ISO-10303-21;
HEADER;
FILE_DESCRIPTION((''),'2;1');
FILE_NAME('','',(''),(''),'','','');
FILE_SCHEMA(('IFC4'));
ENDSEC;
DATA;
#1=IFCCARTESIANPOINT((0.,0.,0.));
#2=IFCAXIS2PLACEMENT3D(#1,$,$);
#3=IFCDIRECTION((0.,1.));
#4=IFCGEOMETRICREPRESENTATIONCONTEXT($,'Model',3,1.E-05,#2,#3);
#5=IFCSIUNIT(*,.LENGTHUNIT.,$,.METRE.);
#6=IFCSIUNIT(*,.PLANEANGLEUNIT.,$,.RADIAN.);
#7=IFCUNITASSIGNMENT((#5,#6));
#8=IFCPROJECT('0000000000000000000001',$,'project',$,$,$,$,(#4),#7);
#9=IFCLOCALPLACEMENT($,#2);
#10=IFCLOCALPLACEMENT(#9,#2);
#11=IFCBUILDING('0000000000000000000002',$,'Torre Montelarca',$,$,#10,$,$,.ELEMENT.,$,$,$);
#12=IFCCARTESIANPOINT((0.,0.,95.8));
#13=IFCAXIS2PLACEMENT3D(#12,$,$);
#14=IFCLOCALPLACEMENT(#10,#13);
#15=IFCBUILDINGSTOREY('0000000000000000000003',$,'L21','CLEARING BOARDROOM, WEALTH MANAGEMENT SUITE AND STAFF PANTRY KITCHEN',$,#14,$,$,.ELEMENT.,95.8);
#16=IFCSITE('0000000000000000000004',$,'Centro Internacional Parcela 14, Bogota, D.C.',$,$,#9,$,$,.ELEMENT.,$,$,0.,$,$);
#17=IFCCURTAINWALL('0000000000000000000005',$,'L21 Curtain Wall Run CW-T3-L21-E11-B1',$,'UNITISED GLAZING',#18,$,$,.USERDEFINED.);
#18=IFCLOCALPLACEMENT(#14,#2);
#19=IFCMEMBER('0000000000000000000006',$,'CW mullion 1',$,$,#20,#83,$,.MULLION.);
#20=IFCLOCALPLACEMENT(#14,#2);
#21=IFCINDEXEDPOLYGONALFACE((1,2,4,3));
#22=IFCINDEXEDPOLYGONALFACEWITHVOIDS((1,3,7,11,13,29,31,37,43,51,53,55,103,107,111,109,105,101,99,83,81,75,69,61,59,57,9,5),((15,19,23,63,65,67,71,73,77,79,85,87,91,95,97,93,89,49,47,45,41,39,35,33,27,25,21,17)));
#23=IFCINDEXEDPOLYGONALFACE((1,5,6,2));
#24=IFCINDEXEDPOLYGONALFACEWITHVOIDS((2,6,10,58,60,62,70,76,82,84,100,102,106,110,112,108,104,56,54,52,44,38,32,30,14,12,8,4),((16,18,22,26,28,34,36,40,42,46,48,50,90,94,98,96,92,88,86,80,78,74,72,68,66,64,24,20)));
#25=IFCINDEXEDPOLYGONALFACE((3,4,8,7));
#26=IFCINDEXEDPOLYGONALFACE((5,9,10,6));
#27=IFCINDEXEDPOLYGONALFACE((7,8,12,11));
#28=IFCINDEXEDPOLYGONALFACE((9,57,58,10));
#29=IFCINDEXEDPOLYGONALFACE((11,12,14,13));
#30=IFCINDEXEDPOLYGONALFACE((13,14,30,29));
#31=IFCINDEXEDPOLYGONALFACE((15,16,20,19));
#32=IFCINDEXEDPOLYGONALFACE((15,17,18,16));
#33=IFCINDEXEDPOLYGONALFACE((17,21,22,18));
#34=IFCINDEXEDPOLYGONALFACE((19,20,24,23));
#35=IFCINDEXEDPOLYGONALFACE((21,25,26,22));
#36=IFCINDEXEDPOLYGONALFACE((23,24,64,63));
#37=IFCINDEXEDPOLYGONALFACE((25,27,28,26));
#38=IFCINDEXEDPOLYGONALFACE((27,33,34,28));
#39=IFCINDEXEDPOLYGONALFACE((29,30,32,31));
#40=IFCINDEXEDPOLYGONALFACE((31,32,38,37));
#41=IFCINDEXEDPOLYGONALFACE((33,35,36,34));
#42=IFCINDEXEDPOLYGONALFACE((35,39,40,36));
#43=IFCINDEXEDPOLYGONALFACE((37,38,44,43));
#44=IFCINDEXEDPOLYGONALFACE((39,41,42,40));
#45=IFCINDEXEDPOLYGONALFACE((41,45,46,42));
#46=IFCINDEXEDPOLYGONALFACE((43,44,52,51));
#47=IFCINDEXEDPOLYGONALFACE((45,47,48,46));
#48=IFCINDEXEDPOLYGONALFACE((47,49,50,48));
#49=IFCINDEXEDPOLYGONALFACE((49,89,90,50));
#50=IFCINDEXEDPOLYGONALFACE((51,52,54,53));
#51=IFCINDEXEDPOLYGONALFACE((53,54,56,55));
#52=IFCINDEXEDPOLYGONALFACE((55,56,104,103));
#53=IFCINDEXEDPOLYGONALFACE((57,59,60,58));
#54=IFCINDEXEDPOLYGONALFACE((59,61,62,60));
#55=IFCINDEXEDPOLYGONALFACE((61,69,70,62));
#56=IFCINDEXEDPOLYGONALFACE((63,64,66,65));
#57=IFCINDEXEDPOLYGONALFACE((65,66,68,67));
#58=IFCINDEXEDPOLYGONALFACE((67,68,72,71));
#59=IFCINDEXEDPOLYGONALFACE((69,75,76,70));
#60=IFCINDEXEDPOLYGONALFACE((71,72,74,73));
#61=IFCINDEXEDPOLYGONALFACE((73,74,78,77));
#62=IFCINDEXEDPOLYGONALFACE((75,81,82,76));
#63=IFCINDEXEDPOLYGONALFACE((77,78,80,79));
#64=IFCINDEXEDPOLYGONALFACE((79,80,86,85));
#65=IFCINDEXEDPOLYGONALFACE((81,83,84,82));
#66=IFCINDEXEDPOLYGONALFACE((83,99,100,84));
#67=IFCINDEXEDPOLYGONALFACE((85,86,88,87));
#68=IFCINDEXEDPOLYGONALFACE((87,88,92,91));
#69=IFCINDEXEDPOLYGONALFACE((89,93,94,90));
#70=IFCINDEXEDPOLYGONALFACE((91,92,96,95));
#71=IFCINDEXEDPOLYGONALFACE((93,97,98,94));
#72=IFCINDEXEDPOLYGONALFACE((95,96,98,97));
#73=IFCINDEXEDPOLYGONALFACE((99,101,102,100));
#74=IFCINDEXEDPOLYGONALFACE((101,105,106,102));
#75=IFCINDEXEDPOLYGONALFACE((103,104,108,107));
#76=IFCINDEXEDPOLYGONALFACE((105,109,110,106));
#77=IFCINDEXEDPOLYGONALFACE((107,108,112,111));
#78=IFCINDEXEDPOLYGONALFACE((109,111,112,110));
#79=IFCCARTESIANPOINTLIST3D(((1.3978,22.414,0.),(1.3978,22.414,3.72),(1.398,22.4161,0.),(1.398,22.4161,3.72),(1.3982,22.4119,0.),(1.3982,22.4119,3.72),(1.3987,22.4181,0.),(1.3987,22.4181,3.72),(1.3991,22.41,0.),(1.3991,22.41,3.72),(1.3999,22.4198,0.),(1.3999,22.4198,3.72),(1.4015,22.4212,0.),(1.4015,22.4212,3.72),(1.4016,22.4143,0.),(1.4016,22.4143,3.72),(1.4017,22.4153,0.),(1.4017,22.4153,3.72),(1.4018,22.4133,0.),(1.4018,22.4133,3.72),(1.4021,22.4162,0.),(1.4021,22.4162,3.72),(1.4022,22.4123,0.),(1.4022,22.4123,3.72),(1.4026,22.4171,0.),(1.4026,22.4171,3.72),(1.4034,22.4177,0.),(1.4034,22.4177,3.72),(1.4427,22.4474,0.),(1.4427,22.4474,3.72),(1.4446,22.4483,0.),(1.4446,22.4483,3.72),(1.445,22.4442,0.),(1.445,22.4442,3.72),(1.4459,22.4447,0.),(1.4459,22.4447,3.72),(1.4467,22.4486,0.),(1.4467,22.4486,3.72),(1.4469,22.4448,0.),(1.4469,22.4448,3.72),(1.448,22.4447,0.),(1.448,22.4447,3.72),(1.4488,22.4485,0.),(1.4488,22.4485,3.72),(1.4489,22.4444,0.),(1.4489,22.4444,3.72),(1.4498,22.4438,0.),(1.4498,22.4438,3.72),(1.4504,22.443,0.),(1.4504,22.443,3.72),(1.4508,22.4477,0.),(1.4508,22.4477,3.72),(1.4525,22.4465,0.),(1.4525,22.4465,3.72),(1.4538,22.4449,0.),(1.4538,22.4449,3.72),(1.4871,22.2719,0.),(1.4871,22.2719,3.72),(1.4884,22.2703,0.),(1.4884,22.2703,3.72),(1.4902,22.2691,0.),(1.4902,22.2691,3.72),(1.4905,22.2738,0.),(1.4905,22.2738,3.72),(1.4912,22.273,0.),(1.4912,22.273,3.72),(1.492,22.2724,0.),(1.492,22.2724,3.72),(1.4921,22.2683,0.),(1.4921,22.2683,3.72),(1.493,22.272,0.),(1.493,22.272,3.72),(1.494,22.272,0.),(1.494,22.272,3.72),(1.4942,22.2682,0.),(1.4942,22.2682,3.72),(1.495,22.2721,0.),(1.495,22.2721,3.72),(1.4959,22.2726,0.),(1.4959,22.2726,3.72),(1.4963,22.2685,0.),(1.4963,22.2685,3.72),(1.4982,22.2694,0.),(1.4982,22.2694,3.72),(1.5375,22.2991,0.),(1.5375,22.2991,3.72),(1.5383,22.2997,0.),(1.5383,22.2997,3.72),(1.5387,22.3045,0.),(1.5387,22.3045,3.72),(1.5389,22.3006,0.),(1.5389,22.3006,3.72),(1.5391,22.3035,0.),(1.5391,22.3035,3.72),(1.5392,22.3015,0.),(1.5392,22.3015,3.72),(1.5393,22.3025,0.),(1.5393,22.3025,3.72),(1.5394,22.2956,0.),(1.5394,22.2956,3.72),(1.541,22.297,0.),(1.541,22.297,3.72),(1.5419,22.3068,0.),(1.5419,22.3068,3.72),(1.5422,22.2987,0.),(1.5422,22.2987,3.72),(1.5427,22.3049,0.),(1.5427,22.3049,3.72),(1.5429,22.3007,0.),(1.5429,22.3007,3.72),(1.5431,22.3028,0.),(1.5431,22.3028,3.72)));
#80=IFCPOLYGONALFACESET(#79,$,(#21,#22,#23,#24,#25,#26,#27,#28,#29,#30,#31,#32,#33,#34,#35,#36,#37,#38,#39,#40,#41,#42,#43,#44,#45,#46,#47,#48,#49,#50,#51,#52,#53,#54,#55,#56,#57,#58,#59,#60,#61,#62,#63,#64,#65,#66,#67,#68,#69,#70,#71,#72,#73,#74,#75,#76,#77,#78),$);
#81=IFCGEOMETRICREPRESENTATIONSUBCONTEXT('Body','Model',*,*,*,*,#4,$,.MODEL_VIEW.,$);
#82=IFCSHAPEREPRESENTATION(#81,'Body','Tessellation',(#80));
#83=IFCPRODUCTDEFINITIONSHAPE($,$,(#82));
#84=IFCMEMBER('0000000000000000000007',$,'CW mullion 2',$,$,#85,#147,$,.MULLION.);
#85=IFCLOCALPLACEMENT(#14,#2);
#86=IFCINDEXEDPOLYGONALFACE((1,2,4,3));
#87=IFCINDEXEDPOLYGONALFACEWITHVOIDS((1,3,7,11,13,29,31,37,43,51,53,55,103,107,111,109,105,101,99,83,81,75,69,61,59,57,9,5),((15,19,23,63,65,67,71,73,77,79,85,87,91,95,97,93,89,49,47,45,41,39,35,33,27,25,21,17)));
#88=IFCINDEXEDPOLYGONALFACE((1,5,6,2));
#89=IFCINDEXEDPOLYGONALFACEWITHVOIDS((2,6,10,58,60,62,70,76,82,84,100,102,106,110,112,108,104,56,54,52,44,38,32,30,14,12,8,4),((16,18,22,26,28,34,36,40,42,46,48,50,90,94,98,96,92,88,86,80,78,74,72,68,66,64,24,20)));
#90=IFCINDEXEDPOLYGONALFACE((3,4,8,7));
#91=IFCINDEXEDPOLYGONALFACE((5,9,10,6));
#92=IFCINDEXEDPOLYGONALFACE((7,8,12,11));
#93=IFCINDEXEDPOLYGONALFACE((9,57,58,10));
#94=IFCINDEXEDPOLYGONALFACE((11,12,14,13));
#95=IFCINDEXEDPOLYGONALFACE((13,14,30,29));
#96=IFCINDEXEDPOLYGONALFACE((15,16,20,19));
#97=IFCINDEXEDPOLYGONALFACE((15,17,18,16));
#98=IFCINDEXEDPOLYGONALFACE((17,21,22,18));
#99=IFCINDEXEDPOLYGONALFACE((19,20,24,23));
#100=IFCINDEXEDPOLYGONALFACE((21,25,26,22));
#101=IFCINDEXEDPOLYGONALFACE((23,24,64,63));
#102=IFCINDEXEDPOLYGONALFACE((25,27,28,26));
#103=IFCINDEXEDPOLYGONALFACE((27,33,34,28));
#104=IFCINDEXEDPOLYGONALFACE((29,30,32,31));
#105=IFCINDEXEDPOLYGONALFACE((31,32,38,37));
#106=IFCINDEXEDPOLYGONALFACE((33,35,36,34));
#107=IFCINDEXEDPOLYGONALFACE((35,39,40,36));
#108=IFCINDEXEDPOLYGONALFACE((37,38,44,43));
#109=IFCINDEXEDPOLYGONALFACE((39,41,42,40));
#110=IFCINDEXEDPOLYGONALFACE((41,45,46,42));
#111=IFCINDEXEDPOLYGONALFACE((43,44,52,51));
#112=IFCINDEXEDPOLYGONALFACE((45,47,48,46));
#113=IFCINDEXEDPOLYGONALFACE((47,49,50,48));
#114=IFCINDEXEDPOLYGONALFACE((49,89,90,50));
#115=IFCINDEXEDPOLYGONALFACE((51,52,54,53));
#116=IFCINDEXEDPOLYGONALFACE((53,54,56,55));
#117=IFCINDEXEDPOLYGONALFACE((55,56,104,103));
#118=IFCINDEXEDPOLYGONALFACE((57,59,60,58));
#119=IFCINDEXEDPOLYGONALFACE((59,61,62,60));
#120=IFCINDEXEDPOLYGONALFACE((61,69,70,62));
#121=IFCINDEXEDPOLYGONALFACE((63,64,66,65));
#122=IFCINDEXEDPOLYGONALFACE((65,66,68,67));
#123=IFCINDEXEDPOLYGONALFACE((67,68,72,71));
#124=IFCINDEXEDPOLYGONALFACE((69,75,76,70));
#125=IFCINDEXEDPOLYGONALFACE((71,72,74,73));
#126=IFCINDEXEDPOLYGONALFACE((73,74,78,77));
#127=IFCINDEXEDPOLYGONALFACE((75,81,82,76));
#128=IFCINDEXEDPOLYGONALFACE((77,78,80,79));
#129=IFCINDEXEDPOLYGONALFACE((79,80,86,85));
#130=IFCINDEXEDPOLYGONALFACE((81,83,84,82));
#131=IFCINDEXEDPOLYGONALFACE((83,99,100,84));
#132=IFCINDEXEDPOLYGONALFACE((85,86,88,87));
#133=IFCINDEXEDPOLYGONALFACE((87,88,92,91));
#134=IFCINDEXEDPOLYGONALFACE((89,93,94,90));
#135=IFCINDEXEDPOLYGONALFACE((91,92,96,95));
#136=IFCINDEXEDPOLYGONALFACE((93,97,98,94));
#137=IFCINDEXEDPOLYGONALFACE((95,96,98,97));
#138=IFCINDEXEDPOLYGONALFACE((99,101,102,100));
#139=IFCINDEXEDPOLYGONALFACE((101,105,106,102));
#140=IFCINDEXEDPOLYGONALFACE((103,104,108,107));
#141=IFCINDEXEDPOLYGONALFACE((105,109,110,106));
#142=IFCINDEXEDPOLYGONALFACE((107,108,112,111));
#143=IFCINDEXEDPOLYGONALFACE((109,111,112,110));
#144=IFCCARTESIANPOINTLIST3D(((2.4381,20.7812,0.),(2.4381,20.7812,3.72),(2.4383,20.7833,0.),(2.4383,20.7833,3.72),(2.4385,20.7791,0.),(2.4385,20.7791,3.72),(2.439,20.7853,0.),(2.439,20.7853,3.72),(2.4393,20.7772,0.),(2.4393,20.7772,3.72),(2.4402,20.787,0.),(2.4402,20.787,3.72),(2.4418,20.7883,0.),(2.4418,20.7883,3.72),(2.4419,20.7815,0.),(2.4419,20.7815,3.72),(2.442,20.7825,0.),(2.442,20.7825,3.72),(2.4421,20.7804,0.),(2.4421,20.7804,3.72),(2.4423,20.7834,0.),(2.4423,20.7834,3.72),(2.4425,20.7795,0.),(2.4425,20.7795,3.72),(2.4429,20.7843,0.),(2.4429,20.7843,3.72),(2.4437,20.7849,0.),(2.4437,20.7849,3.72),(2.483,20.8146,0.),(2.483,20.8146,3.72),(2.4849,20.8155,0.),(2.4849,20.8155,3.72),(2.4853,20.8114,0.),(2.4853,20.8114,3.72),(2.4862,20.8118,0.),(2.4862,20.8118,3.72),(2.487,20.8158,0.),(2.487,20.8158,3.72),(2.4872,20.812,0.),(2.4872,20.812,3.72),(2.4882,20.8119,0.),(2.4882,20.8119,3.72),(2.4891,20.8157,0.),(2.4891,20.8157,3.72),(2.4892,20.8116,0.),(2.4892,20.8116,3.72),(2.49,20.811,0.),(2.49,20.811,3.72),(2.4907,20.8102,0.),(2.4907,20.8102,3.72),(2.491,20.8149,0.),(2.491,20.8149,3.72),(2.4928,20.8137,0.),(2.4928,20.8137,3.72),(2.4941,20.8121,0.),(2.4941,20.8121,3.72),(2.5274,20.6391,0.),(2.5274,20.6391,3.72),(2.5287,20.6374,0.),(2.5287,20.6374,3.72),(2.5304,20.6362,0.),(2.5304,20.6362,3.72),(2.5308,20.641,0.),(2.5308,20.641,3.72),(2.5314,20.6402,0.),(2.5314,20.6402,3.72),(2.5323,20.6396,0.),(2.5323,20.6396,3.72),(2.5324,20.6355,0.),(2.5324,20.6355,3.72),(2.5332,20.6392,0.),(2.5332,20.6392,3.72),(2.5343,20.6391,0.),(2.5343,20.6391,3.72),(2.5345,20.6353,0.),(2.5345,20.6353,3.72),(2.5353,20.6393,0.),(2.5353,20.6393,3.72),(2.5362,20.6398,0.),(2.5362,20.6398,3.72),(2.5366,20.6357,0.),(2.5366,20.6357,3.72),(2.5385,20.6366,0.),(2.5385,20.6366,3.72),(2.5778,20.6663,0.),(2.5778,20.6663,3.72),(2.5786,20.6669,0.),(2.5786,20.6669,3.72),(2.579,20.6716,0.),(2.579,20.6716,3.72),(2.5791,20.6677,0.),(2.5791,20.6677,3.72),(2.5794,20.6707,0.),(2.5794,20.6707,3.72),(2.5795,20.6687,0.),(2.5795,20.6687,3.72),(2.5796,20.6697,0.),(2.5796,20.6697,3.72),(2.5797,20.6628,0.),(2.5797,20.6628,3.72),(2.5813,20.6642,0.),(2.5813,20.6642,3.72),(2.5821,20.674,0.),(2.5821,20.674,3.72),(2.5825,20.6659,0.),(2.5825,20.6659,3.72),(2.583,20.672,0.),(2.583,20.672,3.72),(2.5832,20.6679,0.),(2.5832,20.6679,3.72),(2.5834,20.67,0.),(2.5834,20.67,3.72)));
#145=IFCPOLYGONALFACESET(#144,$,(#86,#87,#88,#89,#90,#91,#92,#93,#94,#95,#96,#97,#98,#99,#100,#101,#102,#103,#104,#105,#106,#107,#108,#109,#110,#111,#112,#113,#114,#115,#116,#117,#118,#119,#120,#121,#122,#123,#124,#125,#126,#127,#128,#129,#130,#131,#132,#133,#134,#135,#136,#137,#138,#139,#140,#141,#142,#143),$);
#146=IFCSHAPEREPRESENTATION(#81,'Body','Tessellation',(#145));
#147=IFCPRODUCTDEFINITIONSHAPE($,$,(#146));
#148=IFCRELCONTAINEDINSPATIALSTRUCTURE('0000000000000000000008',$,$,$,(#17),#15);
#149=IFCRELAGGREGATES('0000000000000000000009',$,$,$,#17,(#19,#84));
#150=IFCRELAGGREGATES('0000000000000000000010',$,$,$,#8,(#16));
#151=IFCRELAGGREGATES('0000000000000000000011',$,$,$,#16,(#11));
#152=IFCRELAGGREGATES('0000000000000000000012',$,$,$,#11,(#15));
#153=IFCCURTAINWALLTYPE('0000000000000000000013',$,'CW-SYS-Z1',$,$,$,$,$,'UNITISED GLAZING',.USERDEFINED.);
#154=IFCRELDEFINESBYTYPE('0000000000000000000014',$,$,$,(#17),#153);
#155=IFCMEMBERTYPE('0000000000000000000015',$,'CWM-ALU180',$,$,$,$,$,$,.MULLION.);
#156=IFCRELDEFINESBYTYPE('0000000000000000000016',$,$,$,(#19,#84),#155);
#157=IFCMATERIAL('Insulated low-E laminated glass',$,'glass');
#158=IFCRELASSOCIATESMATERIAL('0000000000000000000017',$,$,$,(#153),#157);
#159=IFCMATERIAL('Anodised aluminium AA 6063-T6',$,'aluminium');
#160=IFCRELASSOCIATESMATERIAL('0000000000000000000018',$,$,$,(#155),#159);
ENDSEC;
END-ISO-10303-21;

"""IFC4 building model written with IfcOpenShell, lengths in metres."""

from ifc_helpers import new_model, si_unit, direction, frame, origin, origin_2d, place, context, subcontext, project, spatial, hollow_rectangle, extrude, source, transform, mapped, material, material_profile, profile_set, type_object, element, aggregate, save


model = new_model("IFC4")

# Units and contexts
model_context = context("Model", 3, precision=1e-05, world=origin(), true_north=direction((0.0, 1.0)))
body_context = subcontext(model_context, "Body", "Model", "MODEL_VIEW")
ifc_project = project(units=[si_unit("LENGTHUNIT", "METRE"), si_unit("PLANEANGLEUNIT", "RADIAN")], contexts=[model_context])

# Site, building, storey
site_placement = place(None, origin())
site = spatial("IfcSite", under=ifc_project, at=site_placement, Name="Centro Internacional Parcela 14, Bogota, D.C.", CompositionType="ELEMENT", RefElevation=0.0)
building_placement = place(site_placement, origin())
building = spatial("IfcBuilding", under=site, at=building_placement, Name="Torre Montelarca", CompositionType="ELEMENT")
storey_placement = place(building_placement, frame((0.0, 0.0, 95.8)))
storey = spatial("IfcBuildingStorey", under=building, at=storey_placement, Name="L21", Description="CLEARING BOARDROOM, WEALTH MANAGEMENT SUITE AND STAFF PANTRY KITCHEN", CompositionType="ELEMENT", Elevation=95.8)

# Curtain wall, members
ifc_material_1 = material(Name="Insulated low-E laminated glass", Category="glass")
curtain_wall_type = type_object("IfcCurtainWallType", Name="CW-SYS-Z1", ElementType="UNITISED GLAZING", PredefinedType="USERDEFINED", material=ifc_material_1)
ifc_material_2 = material(Name="Anodised aluminium AA 6063-T6", Category="aluminium")
curtain_wall_1_placement = place(storey_placement, origin())
curtain_wall_1 = element("IfcCurtainWall", 1, at=curtain_wall_1_placement, inside=storey, type_object=curtain_wall_type, Name="L21 Curtain Wall Run CW-T3-L21-E11-B1", ObjectType="UNITISED GLAZING", PredefinedType="USERDEFINED")
ifc_material_profile_1 = material_profile(ifc_material_2, hollow_rectangle(XDim=0.0649, YDim=0.1799, WallThickness=0.0039, InnerFilletRadius=0.0039, OuterFilletRadius=0.0081, at=origin_2d()), Name="ALU65X180X4", Category="aluminium")
ifc_profile_set_1 = profile_set([ifc_material_profile_1], Name="Anodised aluminium AA 6063-T6")
member_type_1 = type_object("IfcMemberType", Name="CWM-ALU180", PredefinedType="MULLION", material=ifc_profile_set_1)
shared_shape_1 = source(origin(), body_context, "Body", "SweptSolid", [
    extrude(hollow_rectangle(XDim=0.0649, YDim=0.1799, WallThickness=0.0039, InnerFilletRadius=0.0039, OuterFilletRadius=0.0081, at=origin_2d()), origin(), (0.0, 0.0, 1.0), 3.72),
])
member_1_placement = place(storey_placement, frame((1.4705, 22.3584, 0.0), z_axis=(0.0, 0.0, 1.0), x_axis=(0.84338, 0.537318, 0.0)))
member_1 = element("IfcMember", 2, at=member_1_placement, type_object=member_type_1, Name="CW mullion 1", PredefinedType="MULLION", context=body_context, shape_type="MappedRepresentation", body=[
    mapped(shared_shape_1, transform((0.0, 0.0, 0.0), scale=1.0)),
])
member_2_placement = place(storey_placement, frame((2.5107, 20.7256, 0.0), z_axis=(0.0, 0.0, 1.0), x_axis=(0.84338, 0.537318, 0.0)))
member_2 = element("IfcMember", 3, at=member_2_placement, type_object=member_type_1, Name="CW mullion 2", PredefinedType="MULLION", context=body_context, shape_type="MappedRepresentation", body=[
    mapped(shared_shape_1, transform((0.0, 0.0, 0.0), scale=1.0)),
])

aggregate(curtain_wall_1, [member_1, member_2])

save(model, "model.ifc")
